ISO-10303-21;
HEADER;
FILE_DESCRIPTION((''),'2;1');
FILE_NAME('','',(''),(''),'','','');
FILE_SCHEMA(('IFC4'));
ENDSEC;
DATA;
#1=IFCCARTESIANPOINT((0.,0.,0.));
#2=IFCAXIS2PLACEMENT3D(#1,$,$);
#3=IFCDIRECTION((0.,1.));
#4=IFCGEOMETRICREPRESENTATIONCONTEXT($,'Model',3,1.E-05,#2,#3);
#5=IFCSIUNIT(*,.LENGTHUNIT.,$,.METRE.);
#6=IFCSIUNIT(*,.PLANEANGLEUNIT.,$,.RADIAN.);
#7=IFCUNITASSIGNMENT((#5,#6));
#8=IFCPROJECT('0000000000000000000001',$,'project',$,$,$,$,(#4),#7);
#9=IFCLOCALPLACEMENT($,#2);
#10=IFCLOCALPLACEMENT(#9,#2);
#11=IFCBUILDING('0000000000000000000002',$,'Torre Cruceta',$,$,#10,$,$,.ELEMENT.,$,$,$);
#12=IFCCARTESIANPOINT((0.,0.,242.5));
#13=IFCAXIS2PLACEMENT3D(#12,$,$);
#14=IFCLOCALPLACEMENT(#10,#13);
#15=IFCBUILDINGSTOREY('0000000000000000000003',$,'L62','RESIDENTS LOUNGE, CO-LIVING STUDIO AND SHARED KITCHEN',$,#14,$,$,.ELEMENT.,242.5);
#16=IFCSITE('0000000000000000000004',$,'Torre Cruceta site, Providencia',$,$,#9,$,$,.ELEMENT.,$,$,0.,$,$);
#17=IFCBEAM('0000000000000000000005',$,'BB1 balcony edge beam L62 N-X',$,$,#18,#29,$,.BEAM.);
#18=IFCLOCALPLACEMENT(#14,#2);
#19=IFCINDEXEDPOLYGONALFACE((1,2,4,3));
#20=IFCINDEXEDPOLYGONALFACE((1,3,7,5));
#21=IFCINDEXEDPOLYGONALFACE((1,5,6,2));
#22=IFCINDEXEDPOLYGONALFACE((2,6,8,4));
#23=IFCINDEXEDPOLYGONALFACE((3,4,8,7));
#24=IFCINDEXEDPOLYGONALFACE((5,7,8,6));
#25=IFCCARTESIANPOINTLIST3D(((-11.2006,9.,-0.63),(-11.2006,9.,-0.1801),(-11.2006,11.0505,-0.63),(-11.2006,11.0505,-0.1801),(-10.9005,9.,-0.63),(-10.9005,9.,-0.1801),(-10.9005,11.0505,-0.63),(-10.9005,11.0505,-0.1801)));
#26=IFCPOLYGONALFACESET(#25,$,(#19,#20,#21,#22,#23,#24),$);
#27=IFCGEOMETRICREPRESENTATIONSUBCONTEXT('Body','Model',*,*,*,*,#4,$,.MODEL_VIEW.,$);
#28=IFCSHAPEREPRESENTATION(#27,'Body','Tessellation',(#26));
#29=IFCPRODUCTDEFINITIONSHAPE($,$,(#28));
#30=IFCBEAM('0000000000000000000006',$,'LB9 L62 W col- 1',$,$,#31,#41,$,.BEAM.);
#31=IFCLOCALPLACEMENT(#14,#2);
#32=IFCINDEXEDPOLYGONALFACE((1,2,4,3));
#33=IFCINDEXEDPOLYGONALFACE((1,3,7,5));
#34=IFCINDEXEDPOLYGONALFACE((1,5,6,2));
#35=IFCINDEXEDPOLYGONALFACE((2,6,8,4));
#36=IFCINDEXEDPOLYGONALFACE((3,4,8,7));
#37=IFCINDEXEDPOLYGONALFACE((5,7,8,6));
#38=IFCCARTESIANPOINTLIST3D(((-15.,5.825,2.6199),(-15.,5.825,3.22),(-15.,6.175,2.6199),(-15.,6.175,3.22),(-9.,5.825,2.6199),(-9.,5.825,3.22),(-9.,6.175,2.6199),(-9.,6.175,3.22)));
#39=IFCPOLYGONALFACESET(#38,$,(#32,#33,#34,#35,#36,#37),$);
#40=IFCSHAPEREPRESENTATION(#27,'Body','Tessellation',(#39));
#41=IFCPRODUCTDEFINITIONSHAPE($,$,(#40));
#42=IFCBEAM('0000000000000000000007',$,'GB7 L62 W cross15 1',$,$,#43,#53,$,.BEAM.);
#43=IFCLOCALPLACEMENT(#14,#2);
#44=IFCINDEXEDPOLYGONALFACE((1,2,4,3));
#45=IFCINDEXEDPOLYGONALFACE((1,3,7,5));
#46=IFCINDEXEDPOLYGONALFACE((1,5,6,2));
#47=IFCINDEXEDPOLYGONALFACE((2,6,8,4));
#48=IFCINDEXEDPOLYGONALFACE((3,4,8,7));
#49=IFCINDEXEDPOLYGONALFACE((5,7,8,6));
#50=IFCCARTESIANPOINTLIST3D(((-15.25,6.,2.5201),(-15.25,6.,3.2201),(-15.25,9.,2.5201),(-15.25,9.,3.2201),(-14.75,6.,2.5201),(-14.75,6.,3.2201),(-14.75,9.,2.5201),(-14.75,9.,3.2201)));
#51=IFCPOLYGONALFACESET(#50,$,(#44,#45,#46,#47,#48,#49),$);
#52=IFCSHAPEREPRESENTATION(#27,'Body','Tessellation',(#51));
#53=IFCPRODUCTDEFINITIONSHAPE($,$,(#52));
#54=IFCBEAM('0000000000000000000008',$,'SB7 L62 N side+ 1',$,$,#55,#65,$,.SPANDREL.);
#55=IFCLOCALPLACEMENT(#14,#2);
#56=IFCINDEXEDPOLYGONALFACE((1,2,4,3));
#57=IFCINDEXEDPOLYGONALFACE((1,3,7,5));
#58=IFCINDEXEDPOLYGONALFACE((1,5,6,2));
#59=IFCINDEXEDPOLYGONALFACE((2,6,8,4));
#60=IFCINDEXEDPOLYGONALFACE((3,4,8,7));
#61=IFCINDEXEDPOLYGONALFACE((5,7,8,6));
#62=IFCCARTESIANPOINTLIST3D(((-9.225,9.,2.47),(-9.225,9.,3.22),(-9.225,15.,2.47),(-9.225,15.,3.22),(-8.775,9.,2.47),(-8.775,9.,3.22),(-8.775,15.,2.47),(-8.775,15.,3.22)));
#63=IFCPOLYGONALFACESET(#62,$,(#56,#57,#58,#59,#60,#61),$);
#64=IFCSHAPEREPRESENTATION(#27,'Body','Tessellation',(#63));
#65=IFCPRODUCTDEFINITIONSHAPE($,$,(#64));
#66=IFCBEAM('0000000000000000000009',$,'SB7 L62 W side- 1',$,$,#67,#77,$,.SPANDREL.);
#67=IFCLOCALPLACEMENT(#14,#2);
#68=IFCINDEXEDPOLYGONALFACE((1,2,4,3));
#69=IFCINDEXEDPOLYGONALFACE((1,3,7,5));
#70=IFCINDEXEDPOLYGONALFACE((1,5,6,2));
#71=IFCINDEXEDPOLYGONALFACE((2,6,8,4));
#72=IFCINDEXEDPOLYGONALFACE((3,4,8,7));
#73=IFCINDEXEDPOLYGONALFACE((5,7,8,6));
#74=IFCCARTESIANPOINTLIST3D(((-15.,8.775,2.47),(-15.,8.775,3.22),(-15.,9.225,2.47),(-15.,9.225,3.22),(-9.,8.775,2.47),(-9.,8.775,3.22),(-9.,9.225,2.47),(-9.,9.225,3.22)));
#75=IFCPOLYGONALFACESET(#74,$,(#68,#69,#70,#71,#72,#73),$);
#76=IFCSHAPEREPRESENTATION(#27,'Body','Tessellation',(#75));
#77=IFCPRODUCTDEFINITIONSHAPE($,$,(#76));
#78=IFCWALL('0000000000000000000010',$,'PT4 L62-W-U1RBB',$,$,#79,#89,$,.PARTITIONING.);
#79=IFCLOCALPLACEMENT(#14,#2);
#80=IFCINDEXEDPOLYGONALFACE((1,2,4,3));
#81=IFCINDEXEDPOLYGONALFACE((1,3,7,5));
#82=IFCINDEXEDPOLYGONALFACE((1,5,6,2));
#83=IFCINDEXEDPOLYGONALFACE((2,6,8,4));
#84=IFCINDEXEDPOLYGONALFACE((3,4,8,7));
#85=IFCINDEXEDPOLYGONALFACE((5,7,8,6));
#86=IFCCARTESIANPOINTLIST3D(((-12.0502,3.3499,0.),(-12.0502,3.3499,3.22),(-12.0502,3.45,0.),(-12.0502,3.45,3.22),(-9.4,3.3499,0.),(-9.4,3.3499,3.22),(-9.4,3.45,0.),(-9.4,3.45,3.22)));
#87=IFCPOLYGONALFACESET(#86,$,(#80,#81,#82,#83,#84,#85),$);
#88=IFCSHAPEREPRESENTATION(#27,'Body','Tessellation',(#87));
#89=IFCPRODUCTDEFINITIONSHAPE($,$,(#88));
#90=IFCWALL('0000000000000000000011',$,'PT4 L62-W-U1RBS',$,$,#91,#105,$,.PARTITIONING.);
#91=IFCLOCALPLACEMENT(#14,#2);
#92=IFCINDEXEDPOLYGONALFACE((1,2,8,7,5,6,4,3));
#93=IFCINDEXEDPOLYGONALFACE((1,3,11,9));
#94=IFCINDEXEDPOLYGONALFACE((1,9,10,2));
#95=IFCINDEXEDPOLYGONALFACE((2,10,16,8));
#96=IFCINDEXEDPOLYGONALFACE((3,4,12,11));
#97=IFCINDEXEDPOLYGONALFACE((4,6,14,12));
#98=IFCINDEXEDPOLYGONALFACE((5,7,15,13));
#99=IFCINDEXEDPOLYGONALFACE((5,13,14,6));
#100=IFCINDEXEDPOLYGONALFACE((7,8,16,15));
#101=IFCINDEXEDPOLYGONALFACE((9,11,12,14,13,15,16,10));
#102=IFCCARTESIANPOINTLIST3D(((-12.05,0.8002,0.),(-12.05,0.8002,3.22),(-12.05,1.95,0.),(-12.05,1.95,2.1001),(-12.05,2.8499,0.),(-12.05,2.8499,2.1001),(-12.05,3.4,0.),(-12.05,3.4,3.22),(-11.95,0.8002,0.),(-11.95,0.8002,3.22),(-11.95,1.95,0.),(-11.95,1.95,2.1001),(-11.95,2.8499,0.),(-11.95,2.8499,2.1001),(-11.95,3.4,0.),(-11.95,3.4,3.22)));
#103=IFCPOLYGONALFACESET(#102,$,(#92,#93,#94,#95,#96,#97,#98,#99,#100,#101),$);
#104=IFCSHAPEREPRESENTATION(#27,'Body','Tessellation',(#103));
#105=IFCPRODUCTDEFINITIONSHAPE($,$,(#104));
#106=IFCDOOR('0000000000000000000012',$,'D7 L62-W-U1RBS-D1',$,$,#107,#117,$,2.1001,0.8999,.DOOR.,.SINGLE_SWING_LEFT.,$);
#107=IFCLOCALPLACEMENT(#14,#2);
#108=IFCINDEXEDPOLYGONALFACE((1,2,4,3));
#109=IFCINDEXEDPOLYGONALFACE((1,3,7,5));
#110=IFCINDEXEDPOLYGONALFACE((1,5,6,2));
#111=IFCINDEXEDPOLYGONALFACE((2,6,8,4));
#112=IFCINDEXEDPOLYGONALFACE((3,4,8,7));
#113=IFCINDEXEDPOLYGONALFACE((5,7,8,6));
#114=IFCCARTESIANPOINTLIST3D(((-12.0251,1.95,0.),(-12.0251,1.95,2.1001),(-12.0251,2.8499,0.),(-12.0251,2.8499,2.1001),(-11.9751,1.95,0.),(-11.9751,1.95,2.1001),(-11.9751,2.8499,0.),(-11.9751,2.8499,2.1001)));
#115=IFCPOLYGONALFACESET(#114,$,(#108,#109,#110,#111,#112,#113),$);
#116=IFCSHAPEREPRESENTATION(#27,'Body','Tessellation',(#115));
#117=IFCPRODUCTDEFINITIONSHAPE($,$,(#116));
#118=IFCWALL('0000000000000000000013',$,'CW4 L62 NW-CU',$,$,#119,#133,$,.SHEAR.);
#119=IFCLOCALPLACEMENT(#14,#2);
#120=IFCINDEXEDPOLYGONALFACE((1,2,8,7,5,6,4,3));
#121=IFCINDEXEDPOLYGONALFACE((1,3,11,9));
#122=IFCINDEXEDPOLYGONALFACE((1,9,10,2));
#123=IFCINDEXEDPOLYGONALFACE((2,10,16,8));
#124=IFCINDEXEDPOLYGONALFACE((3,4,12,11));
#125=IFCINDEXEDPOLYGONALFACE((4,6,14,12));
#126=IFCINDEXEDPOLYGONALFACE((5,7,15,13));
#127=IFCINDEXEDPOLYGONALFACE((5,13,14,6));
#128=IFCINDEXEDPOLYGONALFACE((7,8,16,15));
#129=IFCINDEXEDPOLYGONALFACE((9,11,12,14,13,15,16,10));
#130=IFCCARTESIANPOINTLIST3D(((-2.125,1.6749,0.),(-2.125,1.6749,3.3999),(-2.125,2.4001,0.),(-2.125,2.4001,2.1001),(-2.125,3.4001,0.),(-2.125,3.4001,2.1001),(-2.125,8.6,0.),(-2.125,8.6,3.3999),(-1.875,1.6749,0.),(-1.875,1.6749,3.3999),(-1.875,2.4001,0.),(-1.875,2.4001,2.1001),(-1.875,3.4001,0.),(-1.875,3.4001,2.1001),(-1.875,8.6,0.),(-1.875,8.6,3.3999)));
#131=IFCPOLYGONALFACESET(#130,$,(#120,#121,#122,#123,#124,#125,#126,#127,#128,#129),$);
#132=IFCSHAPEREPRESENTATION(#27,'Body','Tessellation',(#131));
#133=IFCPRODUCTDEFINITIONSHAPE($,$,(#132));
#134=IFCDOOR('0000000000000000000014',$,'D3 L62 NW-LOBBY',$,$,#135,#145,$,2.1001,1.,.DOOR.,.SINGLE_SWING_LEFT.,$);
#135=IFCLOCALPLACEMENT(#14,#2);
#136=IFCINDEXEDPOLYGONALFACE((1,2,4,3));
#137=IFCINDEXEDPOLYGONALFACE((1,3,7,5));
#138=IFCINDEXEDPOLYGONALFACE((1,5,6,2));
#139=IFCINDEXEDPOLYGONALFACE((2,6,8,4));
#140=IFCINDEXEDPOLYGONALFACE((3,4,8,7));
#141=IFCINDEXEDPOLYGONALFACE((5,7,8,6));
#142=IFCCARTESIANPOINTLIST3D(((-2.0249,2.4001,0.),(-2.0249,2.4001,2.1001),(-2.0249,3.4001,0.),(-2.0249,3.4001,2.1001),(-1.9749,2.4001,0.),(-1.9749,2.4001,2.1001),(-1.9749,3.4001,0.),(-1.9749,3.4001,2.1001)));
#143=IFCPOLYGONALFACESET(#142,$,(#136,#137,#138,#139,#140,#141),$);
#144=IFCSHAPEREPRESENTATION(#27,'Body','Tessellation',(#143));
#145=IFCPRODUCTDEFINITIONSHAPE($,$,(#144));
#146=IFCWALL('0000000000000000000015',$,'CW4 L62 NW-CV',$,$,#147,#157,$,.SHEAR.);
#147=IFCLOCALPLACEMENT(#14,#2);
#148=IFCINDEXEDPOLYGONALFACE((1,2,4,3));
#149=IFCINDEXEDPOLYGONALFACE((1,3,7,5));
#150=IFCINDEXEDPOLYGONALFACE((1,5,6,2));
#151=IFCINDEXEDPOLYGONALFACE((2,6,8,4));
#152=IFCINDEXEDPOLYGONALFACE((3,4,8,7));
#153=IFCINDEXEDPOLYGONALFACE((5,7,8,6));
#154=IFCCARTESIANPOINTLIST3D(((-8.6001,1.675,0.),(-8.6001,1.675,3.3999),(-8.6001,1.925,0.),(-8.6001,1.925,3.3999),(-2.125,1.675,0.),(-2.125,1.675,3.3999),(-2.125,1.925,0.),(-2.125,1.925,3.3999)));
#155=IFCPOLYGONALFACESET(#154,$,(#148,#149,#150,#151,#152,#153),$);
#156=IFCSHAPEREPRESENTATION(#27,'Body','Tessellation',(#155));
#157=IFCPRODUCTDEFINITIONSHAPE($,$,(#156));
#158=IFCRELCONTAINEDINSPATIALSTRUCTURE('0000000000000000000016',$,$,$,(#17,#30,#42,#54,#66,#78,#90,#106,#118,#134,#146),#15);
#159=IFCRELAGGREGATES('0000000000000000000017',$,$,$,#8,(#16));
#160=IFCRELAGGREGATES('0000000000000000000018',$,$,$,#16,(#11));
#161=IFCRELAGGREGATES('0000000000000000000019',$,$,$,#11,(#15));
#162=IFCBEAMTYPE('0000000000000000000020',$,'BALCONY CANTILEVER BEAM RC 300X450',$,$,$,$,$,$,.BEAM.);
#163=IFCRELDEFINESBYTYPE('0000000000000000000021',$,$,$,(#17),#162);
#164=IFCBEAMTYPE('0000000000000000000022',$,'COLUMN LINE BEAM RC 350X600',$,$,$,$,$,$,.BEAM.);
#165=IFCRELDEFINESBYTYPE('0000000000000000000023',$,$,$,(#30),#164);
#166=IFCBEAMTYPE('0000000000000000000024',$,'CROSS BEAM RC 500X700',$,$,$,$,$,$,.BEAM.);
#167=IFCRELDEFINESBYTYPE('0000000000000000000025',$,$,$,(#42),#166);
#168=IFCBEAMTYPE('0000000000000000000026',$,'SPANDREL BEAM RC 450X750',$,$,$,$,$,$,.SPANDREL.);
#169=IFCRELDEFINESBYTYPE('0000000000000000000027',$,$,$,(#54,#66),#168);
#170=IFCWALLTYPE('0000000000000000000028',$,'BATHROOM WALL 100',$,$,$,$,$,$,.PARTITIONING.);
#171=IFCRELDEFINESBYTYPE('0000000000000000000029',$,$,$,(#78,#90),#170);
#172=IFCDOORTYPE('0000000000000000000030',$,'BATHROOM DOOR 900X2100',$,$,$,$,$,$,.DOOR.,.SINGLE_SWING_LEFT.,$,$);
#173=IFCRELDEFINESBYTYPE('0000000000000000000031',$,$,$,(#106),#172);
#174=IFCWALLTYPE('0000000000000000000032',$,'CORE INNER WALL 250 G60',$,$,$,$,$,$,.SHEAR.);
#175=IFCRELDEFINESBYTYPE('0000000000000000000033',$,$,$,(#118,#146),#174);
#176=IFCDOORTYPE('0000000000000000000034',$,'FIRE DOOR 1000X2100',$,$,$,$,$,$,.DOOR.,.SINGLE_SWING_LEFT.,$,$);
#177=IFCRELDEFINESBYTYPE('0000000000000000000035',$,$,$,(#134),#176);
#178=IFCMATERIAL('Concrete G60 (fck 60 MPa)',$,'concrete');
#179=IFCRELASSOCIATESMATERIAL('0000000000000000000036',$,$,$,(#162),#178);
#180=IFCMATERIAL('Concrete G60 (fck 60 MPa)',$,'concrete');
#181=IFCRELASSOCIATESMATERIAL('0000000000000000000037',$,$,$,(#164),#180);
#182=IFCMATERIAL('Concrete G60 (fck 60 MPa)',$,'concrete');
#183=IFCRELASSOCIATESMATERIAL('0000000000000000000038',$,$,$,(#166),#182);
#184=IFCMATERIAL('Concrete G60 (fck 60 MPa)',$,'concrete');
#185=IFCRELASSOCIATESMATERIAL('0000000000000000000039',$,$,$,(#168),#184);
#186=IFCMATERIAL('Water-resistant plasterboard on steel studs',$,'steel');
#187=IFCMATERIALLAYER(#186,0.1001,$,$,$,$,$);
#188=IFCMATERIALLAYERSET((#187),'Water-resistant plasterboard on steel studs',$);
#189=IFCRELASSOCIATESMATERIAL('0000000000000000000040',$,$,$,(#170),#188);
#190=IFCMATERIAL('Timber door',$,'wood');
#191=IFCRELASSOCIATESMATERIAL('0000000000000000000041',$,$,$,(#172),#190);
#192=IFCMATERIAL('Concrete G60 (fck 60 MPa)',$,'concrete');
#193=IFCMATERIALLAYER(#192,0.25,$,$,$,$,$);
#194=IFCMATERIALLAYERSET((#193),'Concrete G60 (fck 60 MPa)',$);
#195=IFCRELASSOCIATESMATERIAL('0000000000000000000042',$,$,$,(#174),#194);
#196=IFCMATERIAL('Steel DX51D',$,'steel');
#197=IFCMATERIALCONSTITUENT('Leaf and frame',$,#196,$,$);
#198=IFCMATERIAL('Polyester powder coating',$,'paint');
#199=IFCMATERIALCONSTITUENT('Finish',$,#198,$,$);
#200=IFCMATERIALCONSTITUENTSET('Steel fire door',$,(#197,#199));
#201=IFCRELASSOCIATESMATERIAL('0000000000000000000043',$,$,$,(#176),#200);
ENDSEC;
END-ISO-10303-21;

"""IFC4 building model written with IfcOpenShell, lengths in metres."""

from ifc_helpers import new_model, si_unit, direction, frame, frame_2d, origin, origin_2d, place, context, subcontext, project, spatial, rectangle, extrude, material, layer, layer_set, constituent, constituent_set, material_profile, profile_set, type_object, element, fill, save


model = new_model("IFC4")

# Units and contexts
model_context = context("Model", 3, precision=1e-05, world=origin(), true_north=direction((0.0, 1.0)))
body_context = subcontext(model_context, "Body", "Model", "MODEL_VIEW")
ifc_project = project(units=[si_unit("LENGTHUNIT", "METRE"), si_unit("PLANEANGLEUNIT", "RADIAN")], contexts=[model_context])

# Site, building, storey
site_placement = place(None, origin())
site = spatial("IfcSite", under=ifc_project, at=site_placement, Name="Torre Cruceta site, Providencia", CompositionType="ELEMENT", RefElevation=0.0)
building_placement = place(site_placement, origin())
building = spatial("IfcBuilding", under=site, at=building_placement, Name="Torre Cruceta", CompositionType="ELEMENT")
storey_placement = place(building_placement, frame((0.0, 0.0, 242.5)))
storey = spatial("IfcBuildingStorey", under=building, at=storey_placement, Name="L62", Description="RESIDENTS LOUNGE, CO-LIVING STUDIO AND SHARED KITCHEN", CompositionType="ELEMENT", Elevation=242.5)

# Beams
ifc_material_1 = material(Name="Concrete G60 (fck 60 MPa)", Category="concrete")
ifc_material_profile_1 = material_profile(ifc_material_1, rectangle(XDim=0.3, YDim=0.45, at=origin_2d()), Name="RC 300X450")
ifc_profile_set_1 = profile_set([ifc_material_profile_1], Name="Concrete G60 (fck 60 MPa)")
beam_type_1 = type_object("IfcBeamType", Name="BALCONY CANTILEVER BEAM RC 300X450", PredefinedType="BEAM", material=ifc_profile_set_1)
beam_1_placement = place(storey_placement, frame((-11.0505, 9.0, -0.405), z_axis=(0.0, 1.0, 0.0), x_axis=(-1.0, 0.0, 0.0)))
element("IfcBeam", 1, at=beam_1_placement, inside=storey, type_object=beam_type_1, Name="BB1 balcony edge beam L62 N-X", PredefinedType="BEAM", context=body_context, shape_type="SweptSolid", body=[
    extrude(rectangle(XDim=0.3, YDim=0.45, at=origin_2d()), origin(), (0.0, 0.0, 1.0), 2.0505),
])
ifc_material_2 = material(Name="Concrete G60 (fck 60 MPa)", Category="concrete")
ifc_material_profile_2 = material_profile(ifc_material_2, rectangle(XDim=0.3501, YDim=0.6001, at=origin_2d()), Name="RC 350X600")
ifc_profile_set_2 = profile_set([ifc_material_profile_2], Name="Concrete G60 (fck 60 MPa)")
beam_type_2 = type_object("IfcBeamType", Name="COLUMN LINE BEAM RC 350X600", PredefinedType="BEAM", material=ifc_profile_set_2)
beam_2_placement = place(storey_placement, frame((-9.0, 6.0, 2.9199), z_axis=(-1.0, 0.0, 0.0), x_axis=(0.0, -1.0, 0.0)))
element("IfcBeam", 2, at=beam_2_placement, inside=storey, type_object=beam_type_2, Name="LB9 L62 W col- 1", PredefinedType="BEAM", context=body_context, shape_type="SweptSolid", body=[
    extrude(rectangle(XDim=0.3501, YDim=0.6001, at=origin_2d()), origin(), (0.0, 0.0, 1.0), 6.0),
])
ifc_material_3 = material(Name="Concrete G60 (fck 60 MPa)", Category="concrete")
ifc_material_profile_3 = material_profile(ifc_material_3, rectangle(XDim=0.5, YDim=0.7, at=origin_2d()), Name="RC 500X700")
ifc_profile_set_3 = profile_set([ifc_material_profile_3], Name="Concrete G60 (fck 60 MPa)")
beam_type_3 = type_object("IfcBeamType", Name="CROSS BEAM RC 500X700", PredefinedType="BEAM", material=ifc_profile_set_3)
beam_3_placement = place(storey_placement, frame((-15.0, 9.0, 2.8701), z_axis=(0.0, -1.0, 0.0), x_axis=(1.0, 0.0, 0.0)))
element("IfcBeam", 3, at=beam_3_placement, inside=storey, type_object=beam_type_3, Name="GB7 L62 W cross15 1", PredefinedType="BEAM", context=body_context, shape_type="SweptSolid", body=[
    extrude(rectangle(XDim=0.5, YDim=0.7, at=origin_2d()), origin(), (0.0, 0.0, 1.0), 3.0),
])
ifc_material_4 = material(Name="Concrete G60 (fck 60 MPa)", Category="concrete")
ifc_material_profile_4 = material_profile(ifc_material_4, rectangle(XDim=0.45, YDim=0.75, at=origin_2d()), Name="RC 450X750")
ifc_profile_set_4 = profile_set([ifc_material_profile_4], Name="Concrete G60 (fck 60 MPa)")
beam_type_4 = type_object("IfcBeamType", Name="SPANDREL BEAM RC 450X750", PredefinedType="SPANDREL", material=ifc_profile_set_4)
for number, where, z_axis, x_axis, name in (
    (4, (-9.0, 9.0, 2.845), (0.0, 1.0, 0.0), (-1.0, 0.0, 0.0), "SB7 L62 N side+ 1"),
    (5, (-9.0, 9.0, 2.845), (-1.0, 0.0, 0.0), (0.0, -1.0, 0.0), "SB7 L62 W side- 1"),
):
    element("IfcBeam", number, at=place(storey_placement, frame(where, z_axis=z_axis, x_axis=x_axis)), inside=storey, type_object=beam_type_4, Name=name, PredefinedType="SPANDREL", context=body_context, shape_type="SweptSolid", body=[
        extrude(rectangle(XDim=0.45, YDim=0.75, at=origin_2d()), origin(), (0.0, 0.0, 1.0), 6.0),
    ])

# Wall
ifc_material_5 = material(Name="Water-resistant plasterboard on steel studs", Category="steel")
ifc_layer_1 = layer(ifc_material_5, 0.1001)
ifc_layer_set_1 = layer_set([ifc_layer_1], Name="Water-resistant plasterboard on steel studs")
wall_type_1 = type_object("IfcWallType", Name="BATHROOM WALL 100", PredefinedType="PARTITIONING", material=ifc_layer_set_1)
wall_1_placement = place(storey_placement, frame((-9.3999, 3.3999, 0.0), z_axis=(0.0, 0.0, 1.0), x_axis=(-1.0, 0.0, 0.0)))
element("IfcWall", 6, at=wall_1_placement, inside=storey, type_object=wall_type_1, Name="PT4 L62-W-U1RBB", PredefinedType="PARTITIONING", context=body_context, shape_type="SweptSolid", body=[
    extrude(rectangle(XDim=2.6501, YDim=0.1001, at=frame_2d((1.3252, 0.0))), origin(), (0.0, 0.0, 1.0), 3.22),
])

# Walls, openings, doors
wall_2_placement = place(storey_placement, frame((-12.0, 3.3999, 0.0), z_axis=(0.0, 0.0, 1.0), x_axis=(0.0, -1.0, 0.0)))
wall_2 = element("IfcWall", 7, at=wall_2_placement, inside=storey, type_object=wall_type_1, Name="PT4 L62-W-U1RBS", PredefinedType="PARTITIONING", context=body_context, shape_type="SweptSolid", body=[
    extrude(rectangle(XDim=2.5999, YDim=0.1001, at=frame_2d((1.2998, 0.0))), origin(), (0.0, 0.0, 1.0), 3.22),
])
opening_1_placement = place(wall_2_placement, frame((0.55, 0.0, 0.0)))
opening_1 = element("IfcOpeningElement", 8, at=opening_1_placement, cuts=wall_2, PredefinedType="OPENING", context=body_context, shape_type="SweptSolid", body=[
    extrude(rectangle(XDim=0.8999, YDim=2.1001, at=frame_2d((0.45, 1.05))), frame((0.0, 0.0601, 0.0), z_axis=(0.0, -1.0, 0.0), x_axis=(1.0, 0.0, 0.0)), (0.0, 0.0, 1.0), 0.1201),
])
ifc_material_6 = material(Name="Timber door", Category="wood")
door_type_1 = type_object("IfcDoorType", Name="BATHROOM DOOR 900X2100", OperationType="SINGLE_SWING_LEFT", PredefinedType="DOOR", material=ifc_material_6)
door_1_placement = place(opening_1_placement, origin())
door_1 = element("IfcDoor", 9, at=door_1_placement, inside=storey, type_object=door_type_1, Name="D7 L62-W-U1RBS-D1", OperationType="SINGLE_SWING_LEFT", OverallHeight=2.1001, OverallWidth=0.8999, PredefinedType="DOOR", context=body_context, shape_type="SweptSolid", body=[
    extrude(rectangle(XDim=0.8999, YDim=2.1001, at=frame_2d((0.45, 1.05))), frame((0.0, 0.0249, 0.0), z_axis=(0.0, -1.0, 0.0), x_axis=(1.0, 0.0, 0.0)), (0.0, 0.0, 1.0), 0.05),
])
fill(opening_1, door_1)
ifc_material_7 = material(Name="Concrete G60 (fck 60 MPa)", Category="concrete")
ifc_layer_2 = layer(ifc_material_7, 0.25)
ifc_layer_set_2 = layer_set([ifc_layer_2], Name="Concrete G60 (fck 60 MPa)")
wall_type_2 = type_object("IfcWallType", Name="CORE INNER WALL 250 G60", PredefinedType="SHEAR", material=ifc_layer_set_2)
wall_3_placement = place(storey_placement, frame((-2.0, 1.675, 0.0), z_axis=(0.0, 0.0, 1.0), x_axis=(0.0, 1.0, 0.0)))
wall_3 = element("IfcWall", 10, at=wall_3_placement, inside=storey, type_object=wall_type_2, Name="CW4 L62 NW-CU", PredefinedType="SHEAR", context=body_context, shape_type="SweptSolid", body=[
    extrude(rectangle(XDim=6.925, YDim=0.25, at=frame_2d((3.4624, 0.0))), origin(), (0.0, 0.0, 1.0), 3.3999),
])
opening_2_placement = place(wall_3_placement, frame((0.7251, 0.0, 0.0)))
opening_2 = element("IfcOpeningElement", 11, at=opening_2_placement, cuts=wall_3, PredefinedType="OPENING", context=body_context, shape_type="SweptSolid", body=[
    extrude(rectangle(XDim=1.0, YDim=2.1001, at=frame_2d((0.5, 1.05))), frame((0.0, 0.135, 0.0), z_axis=(0.0, -1.0, 0.0), x_axis=(1.0, 0.0, 0.0)), (0.0, 0.0, 1.0), 0.27),
])
ifc_material_8 = material(Name="Steel DX51D", Category="steel")
ifc_constituent_1 = constituent(ifc_material_8, Name="Leaf and frame")
ifc_material_9 = material(Name="Polyester powder coating", Category="paint")
ifc_constituent_2 = constituent(ifc_material_9, Name="Finish")
ifc_constituent_set_1 = constituent_set(constituents=[ifc_constituent_1, ifc_constituent_2], Name="Steel fire door")
door_type_2 = type_object("IfcDoorType", Name="FIRE DOOR 1000X2100", OperationType="SINGLE_SWING_LEFT", PredefinedType="DOOR", material=ifc_constituent_set_1)
door_2_placement = place(opening_2_placement, origin())
door_2 = element("IfcDoor", 12, at=door_2_placement, inside=storey, type_object=door_type_2, Name="D3 L62 NW-LOBBY", OperationType="SINGLE_SWING_LEFT", OverallHeight=2.1001, OverallWidth=1.0, PredefinedType="DOOR", context=body_context, shape_type="SweptSolid", body=[
    extrude(rectangle(XDim=1.0, YDim=2.1001, at=frame_2d((0.5, 1.05))), frame((0.0, 0.0249, 0.0), z_axis=(0.0, -1.0, 0.0), x_axis=(1.0, 0.0, 0.0)), (0.0, 0.0, 1.0), 0.05),
])
fill(opening_2, door_2)

# Wall
wall_4_placement = place(storey_placement, frame((-2.125, 1.8, 0.0), z_axis=(0.0, 0.0, 1.0), x_axis=(-1.0, 0.0, 0.0)))
element("IfcWall", 13, at=wall_4_placement, inside=storey, type_object=wall_type_2, Name="CW4 L62 NW-CV", PredefinedType="SHEAR", context=body_context, shape_type="SweptSolid", body=[
    extrude(rectangle(XDim=6.4751, YDim=0.25, at=frame_2d((3.2375, 0.0))), origin(), (0.0, 0.0, 1.0), 3.3999),
])

save(model, "model.ifc")
